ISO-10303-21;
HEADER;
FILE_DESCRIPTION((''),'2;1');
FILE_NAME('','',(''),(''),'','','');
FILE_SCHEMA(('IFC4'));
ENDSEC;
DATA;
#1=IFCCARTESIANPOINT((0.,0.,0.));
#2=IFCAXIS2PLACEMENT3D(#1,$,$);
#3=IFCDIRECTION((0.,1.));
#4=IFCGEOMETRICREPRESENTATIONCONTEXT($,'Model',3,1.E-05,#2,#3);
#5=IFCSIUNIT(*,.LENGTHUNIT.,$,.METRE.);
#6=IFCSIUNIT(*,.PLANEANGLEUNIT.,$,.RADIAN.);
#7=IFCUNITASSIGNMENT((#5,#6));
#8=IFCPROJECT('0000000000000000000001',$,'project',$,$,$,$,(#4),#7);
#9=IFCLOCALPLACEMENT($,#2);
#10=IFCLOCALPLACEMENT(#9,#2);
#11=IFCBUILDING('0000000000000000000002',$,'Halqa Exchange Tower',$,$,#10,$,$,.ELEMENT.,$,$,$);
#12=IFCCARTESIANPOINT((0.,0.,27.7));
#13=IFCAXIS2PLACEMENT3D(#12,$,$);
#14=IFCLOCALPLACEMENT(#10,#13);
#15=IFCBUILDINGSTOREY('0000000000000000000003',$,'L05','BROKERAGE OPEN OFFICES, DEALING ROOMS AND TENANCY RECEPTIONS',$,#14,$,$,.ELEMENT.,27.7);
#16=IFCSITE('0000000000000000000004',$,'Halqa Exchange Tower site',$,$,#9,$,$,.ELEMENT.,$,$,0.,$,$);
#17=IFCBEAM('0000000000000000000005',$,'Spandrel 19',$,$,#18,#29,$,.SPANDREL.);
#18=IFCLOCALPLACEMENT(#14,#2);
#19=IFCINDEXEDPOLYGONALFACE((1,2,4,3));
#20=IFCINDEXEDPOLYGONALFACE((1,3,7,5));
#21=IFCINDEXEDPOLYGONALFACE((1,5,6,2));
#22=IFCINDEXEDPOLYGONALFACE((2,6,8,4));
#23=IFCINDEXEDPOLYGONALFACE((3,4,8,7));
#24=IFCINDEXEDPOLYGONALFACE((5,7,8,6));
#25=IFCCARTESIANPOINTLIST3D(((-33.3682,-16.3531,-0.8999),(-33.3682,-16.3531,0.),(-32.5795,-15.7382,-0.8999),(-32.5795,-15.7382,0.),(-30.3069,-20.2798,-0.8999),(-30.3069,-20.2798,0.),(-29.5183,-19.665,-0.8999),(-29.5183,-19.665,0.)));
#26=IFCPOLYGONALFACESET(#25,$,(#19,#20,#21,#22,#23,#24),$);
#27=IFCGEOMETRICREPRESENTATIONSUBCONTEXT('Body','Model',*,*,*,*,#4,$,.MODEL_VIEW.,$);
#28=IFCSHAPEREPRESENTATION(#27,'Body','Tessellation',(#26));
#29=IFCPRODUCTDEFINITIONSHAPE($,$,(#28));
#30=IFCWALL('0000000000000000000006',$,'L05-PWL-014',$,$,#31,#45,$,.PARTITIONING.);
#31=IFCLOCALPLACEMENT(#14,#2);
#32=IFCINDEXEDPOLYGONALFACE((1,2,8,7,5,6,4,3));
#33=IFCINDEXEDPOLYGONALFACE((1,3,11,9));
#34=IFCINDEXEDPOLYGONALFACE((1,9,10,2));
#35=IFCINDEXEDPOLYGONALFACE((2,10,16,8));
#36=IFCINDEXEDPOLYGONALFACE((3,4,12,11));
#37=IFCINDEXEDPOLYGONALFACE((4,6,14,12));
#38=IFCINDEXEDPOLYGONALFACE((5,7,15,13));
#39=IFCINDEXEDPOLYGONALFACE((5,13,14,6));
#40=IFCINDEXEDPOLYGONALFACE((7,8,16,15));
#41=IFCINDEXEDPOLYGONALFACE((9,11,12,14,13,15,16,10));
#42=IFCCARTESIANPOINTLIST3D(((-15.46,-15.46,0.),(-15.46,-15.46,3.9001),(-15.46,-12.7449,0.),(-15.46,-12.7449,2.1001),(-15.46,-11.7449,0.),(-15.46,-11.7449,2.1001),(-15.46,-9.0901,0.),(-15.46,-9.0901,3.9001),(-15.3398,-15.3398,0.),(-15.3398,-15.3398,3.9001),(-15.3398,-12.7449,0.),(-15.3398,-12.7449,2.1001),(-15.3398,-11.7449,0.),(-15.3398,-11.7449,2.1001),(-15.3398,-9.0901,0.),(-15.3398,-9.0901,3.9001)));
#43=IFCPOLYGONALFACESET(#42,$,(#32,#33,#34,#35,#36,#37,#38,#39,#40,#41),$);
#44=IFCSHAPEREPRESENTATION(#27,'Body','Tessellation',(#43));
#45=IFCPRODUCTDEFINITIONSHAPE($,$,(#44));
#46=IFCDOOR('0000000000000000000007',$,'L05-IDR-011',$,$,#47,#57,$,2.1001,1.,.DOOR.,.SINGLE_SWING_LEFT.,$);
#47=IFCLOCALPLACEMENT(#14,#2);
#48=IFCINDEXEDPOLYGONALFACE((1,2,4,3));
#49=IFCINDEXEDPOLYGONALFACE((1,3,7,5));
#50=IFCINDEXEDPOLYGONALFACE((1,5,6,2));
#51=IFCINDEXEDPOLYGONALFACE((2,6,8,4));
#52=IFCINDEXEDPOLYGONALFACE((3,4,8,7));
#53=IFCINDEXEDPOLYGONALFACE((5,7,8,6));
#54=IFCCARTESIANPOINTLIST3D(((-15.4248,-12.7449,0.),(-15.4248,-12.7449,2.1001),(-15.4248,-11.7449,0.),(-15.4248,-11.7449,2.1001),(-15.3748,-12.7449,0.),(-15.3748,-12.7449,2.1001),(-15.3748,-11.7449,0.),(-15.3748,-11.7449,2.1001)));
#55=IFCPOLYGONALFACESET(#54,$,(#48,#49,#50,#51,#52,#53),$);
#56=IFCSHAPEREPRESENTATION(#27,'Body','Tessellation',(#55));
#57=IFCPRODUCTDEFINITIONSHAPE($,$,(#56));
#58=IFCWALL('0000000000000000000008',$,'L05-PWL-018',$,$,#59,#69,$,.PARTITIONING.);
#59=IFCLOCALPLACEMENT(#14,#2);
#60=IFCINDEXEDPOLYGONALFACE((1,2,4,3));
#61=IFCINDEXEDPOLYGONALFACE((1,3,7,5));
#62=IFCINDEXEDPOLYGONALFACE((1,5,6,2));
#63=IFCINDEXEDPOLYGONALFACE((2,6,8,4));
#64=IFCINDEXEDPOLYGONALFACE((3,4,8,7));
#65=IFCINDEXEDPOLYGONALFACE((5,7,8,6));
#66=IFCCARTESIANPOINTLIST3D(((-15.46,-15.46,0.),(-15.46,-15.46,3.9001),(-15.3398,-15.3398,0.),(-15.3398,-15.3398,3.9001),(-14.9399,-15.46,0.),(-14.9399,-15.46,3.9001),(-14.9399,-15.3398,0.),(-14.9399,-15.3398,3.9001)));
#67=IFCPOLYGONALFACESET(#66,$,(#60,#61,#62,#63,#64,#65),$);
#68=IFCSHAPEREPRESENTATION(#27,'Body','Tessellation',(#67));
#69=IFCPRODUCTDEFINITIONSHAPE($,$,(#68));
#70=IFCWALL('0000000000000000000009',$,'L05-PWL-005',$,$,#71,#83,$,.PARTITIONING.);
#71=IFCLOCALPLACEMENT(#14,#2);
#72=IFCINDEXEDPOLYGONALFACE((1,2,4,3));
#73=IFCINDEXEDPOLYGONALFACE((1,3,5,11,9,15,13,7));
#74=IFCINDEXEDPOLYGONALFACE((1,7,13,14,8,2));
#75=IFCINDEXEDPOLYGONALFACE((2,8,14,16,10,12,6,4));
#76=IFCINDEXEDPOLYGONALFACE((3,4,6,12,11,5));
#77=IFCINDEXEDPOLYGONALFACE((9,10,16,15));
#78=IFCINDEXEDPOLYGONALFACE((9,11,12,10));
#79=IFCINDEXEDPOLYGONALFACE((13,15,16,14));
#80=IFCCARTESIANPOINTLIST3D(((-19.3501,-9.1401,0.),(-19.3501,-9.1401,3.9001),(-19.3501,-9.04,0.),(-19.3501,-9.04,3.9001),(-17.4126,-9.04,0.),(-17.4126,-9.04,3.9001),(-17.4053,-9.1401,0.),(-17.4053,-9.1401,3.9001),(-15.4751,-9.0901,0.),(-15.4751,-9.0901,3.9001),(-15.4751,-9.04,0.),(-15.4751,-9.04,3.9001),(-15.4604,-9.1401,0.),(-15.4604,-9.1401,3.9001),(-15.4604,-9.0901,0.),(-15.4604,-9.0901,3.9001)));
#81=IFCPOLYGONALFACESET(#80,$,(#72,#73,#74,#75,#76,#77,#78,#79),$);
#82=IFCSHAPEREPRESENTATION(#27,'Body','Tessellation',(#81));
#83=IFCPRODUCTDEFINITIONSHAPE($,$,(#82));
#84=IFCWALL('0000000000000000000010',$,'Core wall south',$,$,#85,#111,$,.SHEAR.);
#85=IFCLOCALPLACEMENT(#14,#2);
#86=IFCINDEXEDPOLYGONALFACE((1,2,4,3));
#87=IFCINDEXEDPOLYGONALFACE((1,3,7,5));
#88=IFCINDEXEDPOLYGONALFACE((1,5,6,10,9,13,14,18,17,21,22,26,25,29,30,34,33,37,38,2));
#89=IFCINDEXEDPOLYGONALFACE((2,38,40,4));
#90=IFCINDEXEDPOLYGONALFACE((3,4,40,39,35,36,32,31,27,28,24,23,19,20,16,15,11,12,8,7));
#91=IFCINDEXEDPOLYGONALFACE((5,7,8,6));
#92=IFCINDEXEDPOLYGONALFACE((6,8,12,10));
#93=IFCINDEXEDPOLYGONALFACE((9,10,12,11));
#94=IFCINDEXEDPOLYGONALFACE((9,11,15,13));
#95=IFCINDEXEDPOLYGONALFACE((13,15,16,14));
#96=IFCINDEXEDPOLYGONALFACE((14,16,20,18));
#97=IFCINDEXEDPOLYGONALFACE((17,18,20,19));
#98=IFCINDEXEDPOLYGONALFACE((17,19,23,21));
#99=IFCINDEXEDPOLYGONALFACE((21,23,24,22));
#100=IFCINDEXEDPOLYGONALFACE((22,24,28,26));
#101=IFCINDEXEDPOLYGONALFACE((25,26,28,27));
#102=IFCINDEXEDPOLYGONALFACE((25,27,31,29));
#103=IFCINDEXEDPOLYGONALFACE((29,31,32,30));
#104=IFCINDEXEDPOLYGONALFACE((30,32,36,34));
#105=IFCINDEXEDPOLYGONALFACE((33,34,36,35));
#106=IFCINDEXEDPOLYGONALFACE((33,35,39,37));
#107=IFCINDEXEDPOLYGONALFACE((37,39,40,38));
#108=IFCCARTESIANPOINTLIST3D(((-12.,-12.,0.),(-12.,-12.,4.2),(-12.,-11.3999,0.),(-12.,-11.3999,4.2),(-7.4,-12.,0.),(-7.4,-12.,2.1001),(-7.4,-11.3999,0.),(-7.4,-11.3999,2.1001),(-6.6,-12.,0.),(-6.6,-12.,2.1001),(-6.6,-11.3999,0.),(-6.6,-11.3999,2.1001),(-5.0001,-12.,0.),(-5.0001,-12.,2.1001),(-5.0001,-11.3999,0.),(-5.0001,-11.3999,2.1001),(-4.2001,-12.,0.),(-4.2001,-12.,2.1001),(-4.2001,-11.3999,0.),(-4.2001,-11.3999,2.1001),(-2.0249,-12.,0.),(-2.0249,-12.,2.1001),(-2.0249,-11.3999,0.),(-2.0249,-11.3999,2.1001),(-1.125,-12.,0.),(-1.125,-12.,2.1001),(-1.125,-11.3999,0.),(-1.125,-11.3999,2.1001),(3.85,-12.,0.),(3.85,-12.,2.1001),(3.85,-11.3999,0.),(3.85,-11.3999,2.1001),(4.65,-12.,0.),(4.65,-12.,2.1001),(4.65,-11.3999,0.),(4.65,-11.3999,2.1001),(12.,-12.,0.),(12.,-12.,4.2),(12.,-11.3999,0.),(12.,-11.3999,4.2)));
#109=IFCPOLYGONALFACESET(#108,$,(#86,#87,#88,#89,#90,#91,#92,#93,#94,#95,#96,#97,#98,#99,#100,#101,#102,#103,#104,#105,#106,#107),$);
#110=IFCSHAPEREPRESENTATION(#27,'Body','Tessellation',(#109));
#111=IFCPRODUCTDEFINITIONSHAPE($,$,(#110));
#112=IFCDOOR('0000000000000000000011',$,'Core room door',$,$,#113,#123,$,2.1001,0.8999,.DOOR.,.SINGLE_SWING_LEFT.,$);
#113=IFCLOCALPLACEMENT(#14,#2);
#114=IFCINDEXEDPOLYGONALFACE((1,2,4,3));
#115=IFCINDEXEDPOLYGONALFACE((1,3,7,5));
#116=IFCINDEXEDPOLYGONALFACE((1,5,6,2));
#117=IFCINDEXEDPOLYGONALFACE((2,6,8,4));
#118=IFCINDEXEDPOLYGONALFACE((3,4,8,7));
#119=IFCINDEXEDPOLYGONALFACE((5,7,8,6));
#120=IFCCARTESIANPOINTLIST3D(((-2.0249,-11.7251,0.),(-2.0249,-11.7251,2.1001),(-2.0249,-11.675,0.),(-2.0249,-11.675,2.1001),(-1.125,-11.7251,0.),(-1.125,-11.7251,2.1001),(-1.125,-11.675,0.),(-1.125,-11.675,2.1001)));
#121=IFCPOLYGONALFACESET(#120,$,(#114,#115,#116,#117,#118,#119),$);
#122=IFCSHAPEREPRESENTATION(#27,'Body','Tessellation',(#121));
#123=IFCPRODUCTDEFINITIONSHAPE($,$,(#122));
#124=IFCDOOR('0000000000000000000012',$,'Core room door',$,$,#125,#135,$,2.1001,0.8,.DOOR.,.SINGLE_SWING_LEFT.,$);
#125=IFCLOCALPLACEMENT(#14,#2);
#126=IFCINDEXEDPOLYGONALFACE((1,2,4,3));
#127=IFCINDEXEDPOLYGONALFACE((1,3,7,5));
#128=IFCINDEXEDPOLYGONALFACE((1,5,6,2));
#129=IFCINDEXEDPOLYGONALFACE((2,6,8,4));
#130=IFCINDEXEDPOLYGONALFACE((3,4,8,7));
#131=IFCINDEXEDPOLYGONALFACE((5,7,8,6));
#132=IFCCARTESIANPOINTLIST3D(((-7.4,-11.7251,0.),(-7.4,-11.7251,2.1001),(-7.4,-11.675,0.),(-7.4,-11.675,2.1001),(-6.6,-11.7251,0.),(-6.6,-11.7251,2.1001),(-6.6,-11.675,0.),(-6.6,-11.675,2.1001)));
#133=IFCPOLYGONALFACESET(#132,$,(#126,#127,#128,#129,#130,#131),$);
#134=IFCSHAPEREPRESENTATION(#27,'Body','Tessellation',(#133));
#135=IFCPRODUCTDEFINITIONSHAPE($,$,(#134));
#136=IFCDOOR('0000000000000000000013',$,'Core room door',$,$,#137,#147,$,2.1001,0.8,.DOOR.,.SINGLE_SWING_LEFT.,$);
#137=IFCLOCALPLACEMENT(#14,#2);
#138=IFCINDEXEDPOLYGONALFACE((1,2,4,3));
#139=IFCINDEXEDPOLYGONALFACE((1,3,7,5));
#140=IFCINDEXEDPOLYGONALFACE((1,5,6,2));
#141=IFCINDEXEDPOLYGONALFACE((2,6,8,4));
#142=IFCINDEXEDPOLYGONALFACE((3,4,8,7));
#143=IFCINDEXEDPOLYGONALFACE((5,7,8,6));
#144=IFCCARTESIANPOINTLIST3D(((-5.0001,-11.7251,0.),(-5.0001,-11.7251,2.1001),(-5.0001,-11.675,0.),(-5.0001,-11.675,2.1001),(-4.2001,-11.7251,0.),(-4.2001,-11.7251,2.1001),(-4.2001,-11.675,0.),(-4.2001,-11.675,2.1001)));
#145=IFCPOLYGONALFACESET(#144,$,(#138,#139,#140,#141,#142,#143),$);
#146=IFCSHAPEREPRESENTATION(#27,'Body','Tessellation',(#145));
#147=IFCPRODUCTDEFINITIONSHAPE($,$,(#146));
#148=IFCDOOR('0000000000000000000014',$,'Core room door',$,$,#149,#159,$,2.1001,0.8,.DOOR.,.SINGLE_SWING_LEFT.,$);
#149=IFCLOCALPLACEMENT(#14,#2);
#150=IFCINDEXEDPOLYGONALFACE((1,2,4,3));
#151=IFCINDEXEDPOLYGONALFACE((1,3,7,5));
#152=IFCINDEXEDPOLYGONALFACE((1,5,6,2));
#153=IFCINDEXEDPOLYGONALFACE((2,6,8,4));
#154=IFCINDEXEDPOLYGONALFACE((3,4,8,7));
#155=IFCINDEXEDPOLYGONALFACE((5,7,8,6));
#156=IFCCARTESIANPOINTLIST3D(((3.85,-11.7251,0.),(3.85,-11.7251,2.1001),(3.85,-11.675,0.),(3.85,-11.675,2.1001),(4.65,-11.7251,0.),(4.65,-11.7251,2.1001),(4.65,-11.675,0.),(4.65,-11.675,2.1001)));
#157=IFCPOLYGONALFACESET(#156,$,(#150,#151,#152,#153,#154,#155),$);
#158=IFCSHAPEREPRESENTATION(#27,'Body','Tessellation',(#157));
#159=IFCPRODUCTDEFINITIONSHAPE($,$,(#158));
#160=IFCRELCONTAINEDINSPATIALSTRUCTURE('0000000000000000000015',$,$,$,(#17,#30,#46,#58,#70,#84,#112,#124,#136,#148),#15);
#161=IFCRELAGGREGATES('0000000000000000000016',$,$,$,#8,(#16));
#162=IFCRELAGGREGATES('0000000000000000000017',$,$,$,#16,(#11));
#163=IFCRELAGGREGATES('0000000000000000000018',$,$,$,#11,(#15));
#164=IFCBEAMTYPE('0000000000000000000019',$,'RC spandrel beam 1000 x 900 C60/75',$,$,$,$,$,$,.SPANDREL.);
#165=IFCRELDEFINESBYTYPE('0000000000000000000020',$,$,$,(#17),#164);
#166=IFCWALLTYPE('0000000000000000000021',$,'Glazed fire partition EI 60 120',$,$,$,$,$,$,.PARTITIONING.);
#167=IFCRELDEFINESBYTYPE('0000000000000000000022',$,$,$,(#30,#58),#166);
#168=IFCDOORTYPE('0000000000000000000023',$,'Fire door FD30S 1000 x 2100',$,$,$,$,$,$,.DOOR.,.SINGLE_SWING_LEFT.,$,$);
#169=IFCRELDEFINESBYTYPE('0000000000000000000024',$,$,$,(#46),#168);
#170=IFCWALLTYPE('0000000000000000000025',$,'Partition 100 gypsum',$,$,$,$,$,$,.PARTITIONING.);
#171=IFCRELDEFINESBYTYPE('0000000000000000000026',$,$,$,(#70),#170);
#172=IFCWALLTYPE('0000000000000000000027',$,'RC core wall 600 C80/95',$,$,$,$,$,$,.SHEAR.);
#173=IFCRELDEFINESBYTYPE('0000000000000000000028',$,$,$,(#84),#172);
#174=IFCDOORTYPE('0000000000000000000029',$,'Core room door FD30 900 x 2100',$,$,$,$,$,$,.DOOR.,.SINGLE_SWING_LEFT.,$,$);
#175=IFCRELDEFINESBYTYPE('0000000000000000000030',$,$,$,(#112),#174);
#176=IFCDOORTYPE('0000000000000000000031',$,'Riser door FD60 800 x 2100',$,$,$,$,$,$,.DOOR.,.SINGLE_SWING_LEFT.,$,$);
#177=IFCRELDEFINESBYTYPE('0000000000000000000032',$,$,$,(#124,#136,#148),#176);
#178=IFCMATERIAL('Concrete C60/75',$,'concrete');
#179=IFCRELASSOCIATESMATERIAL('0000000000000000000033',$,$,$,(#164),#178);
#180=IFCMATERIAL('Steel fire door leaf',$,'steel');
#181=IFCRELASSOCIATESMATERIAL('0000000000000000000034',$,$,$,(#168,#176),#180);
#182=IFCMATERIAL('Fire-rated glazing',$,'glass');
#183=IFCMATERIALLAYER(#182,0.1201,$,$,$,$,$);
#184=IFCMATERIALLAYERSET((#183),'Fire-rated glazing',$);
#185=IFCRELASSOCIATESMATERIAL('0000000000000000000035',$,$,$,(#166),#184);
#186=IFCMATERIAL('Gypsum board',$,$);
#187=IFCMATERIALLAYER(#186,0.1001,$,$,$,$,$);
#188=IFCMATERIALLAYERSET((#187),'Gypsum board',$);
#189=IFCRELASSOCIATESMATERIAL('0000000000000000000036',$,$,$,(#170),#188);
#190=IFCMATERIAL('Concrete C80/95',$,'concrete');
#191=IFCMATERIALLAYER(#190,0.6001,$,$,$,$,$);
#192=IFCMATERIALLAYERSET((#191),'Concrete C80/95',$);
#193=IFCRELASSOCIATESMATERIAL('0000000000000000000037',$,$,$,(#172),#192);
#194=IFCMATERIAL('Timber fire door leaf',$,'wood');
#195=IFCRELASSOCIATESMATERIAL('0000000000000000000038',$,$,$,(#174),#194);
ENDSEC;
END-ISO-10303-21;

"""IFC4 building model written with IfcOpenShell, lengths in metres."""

from ifc_helpers import new_model, si_unit, direction, frame, frame_2d, origin, origin_2d, place, context, subcontext, project, spatial, polyline, rectangle, outline, extrude, material, layer, layer_set, material_profile, profile_set, type_object, element, fill, save


model = new_model("IFC4")

# Units and contexts
model_context = context("Model", 3, precision=1e-05, world=origin(), true_north=direction((0.0, 1.0)))
body_context = subcontext(model_context, "Body", "Model", "MODEL_VIEW")
ifc_project = project(units=[si_unit("LENGTHUNIT", "METRE"), si_unit("PLANEANGLEUNIT", "RADIAN")], contexts=[model_context])

# Site, building, storey
site_placement = place(None, origin())
site = spatial("IfcSite", under=ifc_project, at=site_placement, Name="Halqa Exchange Tower site", CompositionType="ELEMENT", RefElevation=0.0)
building_placement = place(site_placement, origin())
building = spatial("IfcBuilding", under=site, at=building_placement, Name="Halqa Exchange Tower", CompositionType="ELEMENT")
storey_placement = place(building_placement, frame((0.0, 0.0, 27.7)))
storey = spatial("IfcBuildingStorey", under=building, at=storey_placement, Name="L05", Description="BROKERAGE OPEN OFFICES, DEALING ROOMS AND TENANCY RECEPTIONS", CompositionType="ELEMENT", Elevation=27.7)

# Beam
ifc_material_1 = material(Name="Concrete C60/75", Category="concrete")
ifc_material_profile = material_profile(ifc_material_1, rectangle(XDim=1.0, YDim=0.8999, at=origin_2d()), Name="1000 x 900")
ifc_profile_set = profile_set([ifc_material_profile], Name="Concrete C60/75")
beam_type = type_object("IfcBeamType", Name="RC spandrel beam 1000 x 900 C60/75", PredefinedType="SPANDREL", material=ifc_profile_set)
beam_placement = place(storey_placement, frame((-32.9739, -16.0457, -0.45), z_axis=(0.614833, -0.788657, 0.0), x_axis=(0.788657, 0.614833, 0.0)))
element("IfcBeam", 1, at=beam_placement, inside=storey, type_object=beam_type, Name="Spandrel 19", PredefinedType="SPANDREL", context=body_context, shape_type="SweptSolid", body=[
    extrude(rectangle(XDim=1.0, YDim=0.8999, at=origin_2d()), origin(), (0.0, 0.0, 1.0), 4.979),
])

# Shared definitions
ifc_material_2 = material(Name="Steel fire door leaf", Category="steel")
door_type_1 = type_object("IfcDoorType", Name="Fire door FD30S 1000 x 2100", OperationType="SINGLE_SWING_LEFT", PredefinedType="DOOR", material=ifc_material_2)

# Wall, opening, door
ifc_material_3 = material(Name="Fire-rated glazing", Category="glass")
ifc_layer_1 = layer(ifc_material_3, 0.1201)
ifc_layer_set_1 = layer_set([ifc_layer_1], Name="Fire-rated glazing")
wall_type_1 = type_object("IfcWallType", Name="Glazed fire partition EI 60 120", PredefinedType="PARTITIONING", material=ifc_layer_set_1)
wall_1_placement = place(storey_placement, frame((-15.3999, -15.46, 0.0), z_axis=(0.0, 0.0, 1.0), x_axis=(0.0, 1.0, 0.0)))
wall_1 = element("IfcWall", 2, at=wall_1_placement, inside=storey, type_object=wall_type_1, Name="L05-PWL-014", PredefinedType="PARTITIONING", context=body_context, shape_type="SweptSolid", body=[
    extrude(outline(polyline([(6.3699, 0.0601), (4.7773, 0.0601), (3.1851, 0.0601), (1.5925, 0.0601), (0.0, 0.0601), (0.1201, -0.0601), (1.6826, -0.0601), (3.2451, -0.0601), (4.8074, -0.0601), (6.3699, -0.0601), (6.3699, 0.0601)])), origin(), (0.0, 0.0, 1.0), 3.9001),
])
opening_1_placement = place(wall_1_placement, frame((2.7151, 0.0, 0.0)))
opening_1 = element("IfcOpeningElement", 3, at=opening_1_placement, cuts=wall_1, PredefinedType="OPENING", context=body_context, shape_type="SweptSolid", body=[
    extrude(rectangle(XDim=1.0, YDim=2.1001, at=frame_2d((0.5, 1.05))), frame((0.0, 0.072, 0.0), z_axis=(0.0, -1.0, 0.0), x_axis=(1.0, 0.0, 0.0)), (0.0, 0.0, 1.0), 0.144),
])
door_1_placement = place(opening_1_placement, origin())
door_1 = element("IfcDoor", 4, at=door_1_placement, inside=storey, type_object=door_type_1, Name="L05-IDR-011", OperationType="SINGLE_SWING_LEFT", OverallHeight=2.1001, OverallWidth=1.0, PredefinedType="DOOR", context=body_context, shape_type="SweptSolid", body=[
    extrude(rectangle(XDim=1.0, YDim=2.1001, at=frame_2d((0.5, 1.05))), frame((0.0, 0.0249, 0.0), z_axis=(0.0, -1.0, 0.0), x_axis=(1.0, 0.0, 0.0)), (0.0, 0.0, 1.0), 0.05),
])
fill(opening_1, door_1)

# Wall
wall_2_placement = place(storey_placement, frame((-14.9399, -15.3999, 0.0), z_axis=(0.0, 0.0, 1.0), x_axis=(-1.0, 0.0, 0.0)))
element("IfcWall", 5, at=wall_2_placement, inside=storey, type_object=wall_type_1, Name="L05-PWL-018", PredefinedType="PARTITIONING", context=body_context, shape_type="SweptSolid", body=[
    extrude(outline(polyline([(0.0, -0.0601), (0.3999, -0.0601), (0.52, 0.0601), (0.0, 0.0601), (0.0, -0.0601)])), origin(), (0.0, 0.0, 1.0), 3.9001),
])

# Shared definitions
ifc_material_4 = material(Name="Gypsum board")
ifc_layer_2 = layer(ifc_material_4, 0.1001)
ifc_layer_set_2 = layer_set([ifc_layer_2], Name="Gypsum board")
wall_type_2 = type_object("IfcWallType", Name="Partition 100 gypsum", PredefinedType="PARTITIONING", material=ifc_layer_set_2)

# Wall
wall_3_placement = place(storey_placement, frame((-19.3501, -9.0901, 0.0), z_axis=(0.0, 0.0, 1.0), x_axis=(1.0, 0.0, 0.0)))
element("IfcWall", 6, at=wall_3_placement, inside=storey, type_object=wall_type_2, Name="L05-PWL-005", PredefinedType="PARTITIONING", context=body_context, shape_type="SweptSolid", body=[
    extrude(outline(polyline([(3.8896, -0.05), (3.8896, 0.0), (3.875, 0.0), (3.875, 0.05), (1.9375, 0.05), (0.0, 0.05), (0.0, -0.05), (1.9448, -0.05), (3.8896, -0.05)])), origin(), (0.0, 0.0, 1.0), 3.9001),
])

# Wall, openings, doors
ifc_material_5 = material(Name="Concrete C80/95", Category="concrete")
ifc_layer_3 = layer(ifc_material_5, 0.6001)
ifc_layer_set_3 = layer_set([ifc_layer_3], Name="Concrete C80/95")
wall_type_3 = type_object("IfcWallType", Name="RC core wall 600 C80/95", PredefinedType="SHEAR", material=ifc_layer_set_3)
wall_4_placement = place(storey_placement, frame((-12.0, -11.7, 0.0), z_axis=(0.0, 0.0, 1.0), x_axis=(1.0, 0.0, 0.0)))
wall_4 = element("IfcWall", 7, at=wall_4_placement, inside=storey, type_object=wall_type_3, Name="Core wall south", PredefinedType="SHEAR", context=body_context, shape_type="SweptSolid", body=[
    extrude(rectangle(XDim=24.0, YDim=0.6001, at=frame_2d((12.0, 0.0))), origin(), (0.0, 0.0, 1.0), 4.2),
])
opening_2_placement = place(wall_4_placement, frame((9.9751, 0.0, 0.0)))
opening_2 = element("IfcOpeningElement", 8, at=opening_2_placement, cuts=wall_4, PredefinedType="OPENING", context=body_context, shape_type="SweptSolid", body=[
    extrude(rectangle(XDim=0.8999, YDim=2.1001, at=frame_2d((0.45, 1.05))), frame((0.0, 0.312, 0.0), z_axis=(0.0, -1.0, 0.0), x_axis=(1.0, 0.0, 0.0)), (0.0, 0.0, 1.0), 0.624),
])
opening_3_placement = place(wall_4_placement, frame((4.6001, 0.0, 0.0)))
opening_3 = element("IfcOpeningElement", 9, at=opening_3_placement, cuts=wall_4, PredefinedType="OPENING", context=body_context, shape_type="SweptSolid", body=[
    extrude(rectangle(XDim=0.8, YDim=2.1001, at=frame_2d((0.3999, 1.05))), frame((0.0, 0.312, 0.0), z_axis=(0.0, -1.0, 0.0), x_axis=(1.0, 0.0, 0.0)), (0.0, 0.0, 1.0), 0.624),
])
opening_4_placement = place(wall_4_placement, frame((7.0, 0.0, 0.0)))
opening_4 = element("IfcOpeningElement", 10, at=opening_4_placement, cuts=wall_4, PredefinedType="OPENING", context=body_context, shape_type="SweptSolid", body=[
    extrude(rectangle(XDim=0.8, YDim=2.1001, at=frame_2d((0.3999, 1.05))), frame((0.0, 0.312, 0.0), z_axis=(0.0, -1.0, 0.0), x_axis=(1.0, 0.0, 0.0)), (0.0, 0.0, 1.0), 0.624),
])
opening_5_placement = place(wall_4_placement, frame((15.8501, 0.0, 0.0)))
opening_5 = element("IfcOpeningElement", 11, at=opening_5_placement, cuts=wall_4, PredefinedType="OPENING", context=body_context, shape_type="SweptSolid", body=[
    extrude(rectangle(XDim=0.8, YDim=2.1001, at=frame_2d((0.3999, 1.05))), frame((0.0, 0.312, 0.0), z_axis=(0.0, -1.0, 0.0), x_axis=(1.0, 0.0, 0.0)), (0.0, 0.0, 1.0), 0.624),
])
ifc_material_6 = material(Name="Timber fire door leaf", Category="wood")
door_type_2 = type_object("IfcDoorType", Name="Core room door FD30 900 x 2100", OperationType="SINGLE_SWING_LEFT", PredefinedType="DOOR", material=ifc_material_6)
door_2_placement = place(opening_2_placement, origin())
door_2 = element("IfcDoor", 12, at=door_2_placement, inside=storey, type_object=door_type_2, Name="Core room door", OperationType="SINGLE_SWING_LEFT", OverallHeight=2.1001, OverallWidth=0.8999, PredefinedType="DOOR", context=body_context, shape_type="SweptSolid", body=[
    extrude(rectangle(XDim=0.8999, YDim=2.1001, at=frame_2d((0.45, 1.05))), frame((0.0, 0.0249, 0.0), z_axis=(0.0, -1.0, 0.0), x_axis=(1.0, 0.0, 0.0)), (0.0, 0.0, 1.0), 0.05),
])
fill(opening_2, door_2)
door_type_3 = type_object("IfcDoorType", Name="Riser door FD60 800 x 2100", OperationType="SINGLE_SWING_LEFT", PredefinedType="DOOR", material=ifc_material_2)
door_3_placement = place(opening_3_placement, origin())
door_3 = element("IfcDoor", 13, at=door_3_placement, inside=storey, type_object=door_type_3, Name="Core room door", OperationType="SINGLE_SWING_LEFT", OverallHeight=2.1001, OverallWidth=0.8, PredefinedType="DOOR", context=body_context, shape_type="SweptSolid", body=[
    extrude(rectangle(XDim=0.8, YDim=2.1001, at=frame_2d((0.3999, 1.05))), frame((0.0, 0.0249, 0.0), z_axis=(0.0, -1.0, 0.0), x_axis=(1.0, 0.0, 0.0)), (0.0, 0.0, 1.0), 0.05),
])
fill(opening_3, door_3)
door_4_placement = place(opening_4_placement, origin())
door_4 = element("IfcDoor", 14, at=door_4_placement, inside=storey, type_object=door_type_3, Name="Core room door", OperationType="SINGLE_SWING_LEFT", OverallHeight=2.1001, OverallWidth=0.8, PredefinedType="DOOR", context=body_context, shape_type="SweptSolid", body=[
    extrude(rectangle(XDim=0.8, YDim=2.1001, at=frame_2d((0.3999, 1.05))), frame((0.0, 0.0249, 0.0), z_axis=(0.0, -1.0, 0.0), x_axis=(1.0, 0.0, 0.0)), (0.0, 0.0, 1.0), 0.05),
])
fill(opening_4, door_4)
door_5_placement = place(opening_5_placement, origin())
door_5 = element("IfcDoor", 15, at=door_5_placement, inside=storey, type_object=door_type_3, Name="Core room door", OperationType="SINGLE_SWING_LEFT", OverallHeight=2.1001, OverallWidth=0.8, PredefinedType="DOOR", context=body_context, shape_type="SweptSolid", body=[
    extrude(rectangle(XDim=0.8, YDim=2.1001, at=frame_2d((0.3999, 1.05))), frame((0.0, 0.0249, 0.0), z_axis=(0.0, -1.0, 0.0), x_axis=(1.0, 0.0, 0.0)), (0.0, 0.0, 1.0), 0.05),
])
fill(opening_5, door_5)

save(model, "model.ifc")
